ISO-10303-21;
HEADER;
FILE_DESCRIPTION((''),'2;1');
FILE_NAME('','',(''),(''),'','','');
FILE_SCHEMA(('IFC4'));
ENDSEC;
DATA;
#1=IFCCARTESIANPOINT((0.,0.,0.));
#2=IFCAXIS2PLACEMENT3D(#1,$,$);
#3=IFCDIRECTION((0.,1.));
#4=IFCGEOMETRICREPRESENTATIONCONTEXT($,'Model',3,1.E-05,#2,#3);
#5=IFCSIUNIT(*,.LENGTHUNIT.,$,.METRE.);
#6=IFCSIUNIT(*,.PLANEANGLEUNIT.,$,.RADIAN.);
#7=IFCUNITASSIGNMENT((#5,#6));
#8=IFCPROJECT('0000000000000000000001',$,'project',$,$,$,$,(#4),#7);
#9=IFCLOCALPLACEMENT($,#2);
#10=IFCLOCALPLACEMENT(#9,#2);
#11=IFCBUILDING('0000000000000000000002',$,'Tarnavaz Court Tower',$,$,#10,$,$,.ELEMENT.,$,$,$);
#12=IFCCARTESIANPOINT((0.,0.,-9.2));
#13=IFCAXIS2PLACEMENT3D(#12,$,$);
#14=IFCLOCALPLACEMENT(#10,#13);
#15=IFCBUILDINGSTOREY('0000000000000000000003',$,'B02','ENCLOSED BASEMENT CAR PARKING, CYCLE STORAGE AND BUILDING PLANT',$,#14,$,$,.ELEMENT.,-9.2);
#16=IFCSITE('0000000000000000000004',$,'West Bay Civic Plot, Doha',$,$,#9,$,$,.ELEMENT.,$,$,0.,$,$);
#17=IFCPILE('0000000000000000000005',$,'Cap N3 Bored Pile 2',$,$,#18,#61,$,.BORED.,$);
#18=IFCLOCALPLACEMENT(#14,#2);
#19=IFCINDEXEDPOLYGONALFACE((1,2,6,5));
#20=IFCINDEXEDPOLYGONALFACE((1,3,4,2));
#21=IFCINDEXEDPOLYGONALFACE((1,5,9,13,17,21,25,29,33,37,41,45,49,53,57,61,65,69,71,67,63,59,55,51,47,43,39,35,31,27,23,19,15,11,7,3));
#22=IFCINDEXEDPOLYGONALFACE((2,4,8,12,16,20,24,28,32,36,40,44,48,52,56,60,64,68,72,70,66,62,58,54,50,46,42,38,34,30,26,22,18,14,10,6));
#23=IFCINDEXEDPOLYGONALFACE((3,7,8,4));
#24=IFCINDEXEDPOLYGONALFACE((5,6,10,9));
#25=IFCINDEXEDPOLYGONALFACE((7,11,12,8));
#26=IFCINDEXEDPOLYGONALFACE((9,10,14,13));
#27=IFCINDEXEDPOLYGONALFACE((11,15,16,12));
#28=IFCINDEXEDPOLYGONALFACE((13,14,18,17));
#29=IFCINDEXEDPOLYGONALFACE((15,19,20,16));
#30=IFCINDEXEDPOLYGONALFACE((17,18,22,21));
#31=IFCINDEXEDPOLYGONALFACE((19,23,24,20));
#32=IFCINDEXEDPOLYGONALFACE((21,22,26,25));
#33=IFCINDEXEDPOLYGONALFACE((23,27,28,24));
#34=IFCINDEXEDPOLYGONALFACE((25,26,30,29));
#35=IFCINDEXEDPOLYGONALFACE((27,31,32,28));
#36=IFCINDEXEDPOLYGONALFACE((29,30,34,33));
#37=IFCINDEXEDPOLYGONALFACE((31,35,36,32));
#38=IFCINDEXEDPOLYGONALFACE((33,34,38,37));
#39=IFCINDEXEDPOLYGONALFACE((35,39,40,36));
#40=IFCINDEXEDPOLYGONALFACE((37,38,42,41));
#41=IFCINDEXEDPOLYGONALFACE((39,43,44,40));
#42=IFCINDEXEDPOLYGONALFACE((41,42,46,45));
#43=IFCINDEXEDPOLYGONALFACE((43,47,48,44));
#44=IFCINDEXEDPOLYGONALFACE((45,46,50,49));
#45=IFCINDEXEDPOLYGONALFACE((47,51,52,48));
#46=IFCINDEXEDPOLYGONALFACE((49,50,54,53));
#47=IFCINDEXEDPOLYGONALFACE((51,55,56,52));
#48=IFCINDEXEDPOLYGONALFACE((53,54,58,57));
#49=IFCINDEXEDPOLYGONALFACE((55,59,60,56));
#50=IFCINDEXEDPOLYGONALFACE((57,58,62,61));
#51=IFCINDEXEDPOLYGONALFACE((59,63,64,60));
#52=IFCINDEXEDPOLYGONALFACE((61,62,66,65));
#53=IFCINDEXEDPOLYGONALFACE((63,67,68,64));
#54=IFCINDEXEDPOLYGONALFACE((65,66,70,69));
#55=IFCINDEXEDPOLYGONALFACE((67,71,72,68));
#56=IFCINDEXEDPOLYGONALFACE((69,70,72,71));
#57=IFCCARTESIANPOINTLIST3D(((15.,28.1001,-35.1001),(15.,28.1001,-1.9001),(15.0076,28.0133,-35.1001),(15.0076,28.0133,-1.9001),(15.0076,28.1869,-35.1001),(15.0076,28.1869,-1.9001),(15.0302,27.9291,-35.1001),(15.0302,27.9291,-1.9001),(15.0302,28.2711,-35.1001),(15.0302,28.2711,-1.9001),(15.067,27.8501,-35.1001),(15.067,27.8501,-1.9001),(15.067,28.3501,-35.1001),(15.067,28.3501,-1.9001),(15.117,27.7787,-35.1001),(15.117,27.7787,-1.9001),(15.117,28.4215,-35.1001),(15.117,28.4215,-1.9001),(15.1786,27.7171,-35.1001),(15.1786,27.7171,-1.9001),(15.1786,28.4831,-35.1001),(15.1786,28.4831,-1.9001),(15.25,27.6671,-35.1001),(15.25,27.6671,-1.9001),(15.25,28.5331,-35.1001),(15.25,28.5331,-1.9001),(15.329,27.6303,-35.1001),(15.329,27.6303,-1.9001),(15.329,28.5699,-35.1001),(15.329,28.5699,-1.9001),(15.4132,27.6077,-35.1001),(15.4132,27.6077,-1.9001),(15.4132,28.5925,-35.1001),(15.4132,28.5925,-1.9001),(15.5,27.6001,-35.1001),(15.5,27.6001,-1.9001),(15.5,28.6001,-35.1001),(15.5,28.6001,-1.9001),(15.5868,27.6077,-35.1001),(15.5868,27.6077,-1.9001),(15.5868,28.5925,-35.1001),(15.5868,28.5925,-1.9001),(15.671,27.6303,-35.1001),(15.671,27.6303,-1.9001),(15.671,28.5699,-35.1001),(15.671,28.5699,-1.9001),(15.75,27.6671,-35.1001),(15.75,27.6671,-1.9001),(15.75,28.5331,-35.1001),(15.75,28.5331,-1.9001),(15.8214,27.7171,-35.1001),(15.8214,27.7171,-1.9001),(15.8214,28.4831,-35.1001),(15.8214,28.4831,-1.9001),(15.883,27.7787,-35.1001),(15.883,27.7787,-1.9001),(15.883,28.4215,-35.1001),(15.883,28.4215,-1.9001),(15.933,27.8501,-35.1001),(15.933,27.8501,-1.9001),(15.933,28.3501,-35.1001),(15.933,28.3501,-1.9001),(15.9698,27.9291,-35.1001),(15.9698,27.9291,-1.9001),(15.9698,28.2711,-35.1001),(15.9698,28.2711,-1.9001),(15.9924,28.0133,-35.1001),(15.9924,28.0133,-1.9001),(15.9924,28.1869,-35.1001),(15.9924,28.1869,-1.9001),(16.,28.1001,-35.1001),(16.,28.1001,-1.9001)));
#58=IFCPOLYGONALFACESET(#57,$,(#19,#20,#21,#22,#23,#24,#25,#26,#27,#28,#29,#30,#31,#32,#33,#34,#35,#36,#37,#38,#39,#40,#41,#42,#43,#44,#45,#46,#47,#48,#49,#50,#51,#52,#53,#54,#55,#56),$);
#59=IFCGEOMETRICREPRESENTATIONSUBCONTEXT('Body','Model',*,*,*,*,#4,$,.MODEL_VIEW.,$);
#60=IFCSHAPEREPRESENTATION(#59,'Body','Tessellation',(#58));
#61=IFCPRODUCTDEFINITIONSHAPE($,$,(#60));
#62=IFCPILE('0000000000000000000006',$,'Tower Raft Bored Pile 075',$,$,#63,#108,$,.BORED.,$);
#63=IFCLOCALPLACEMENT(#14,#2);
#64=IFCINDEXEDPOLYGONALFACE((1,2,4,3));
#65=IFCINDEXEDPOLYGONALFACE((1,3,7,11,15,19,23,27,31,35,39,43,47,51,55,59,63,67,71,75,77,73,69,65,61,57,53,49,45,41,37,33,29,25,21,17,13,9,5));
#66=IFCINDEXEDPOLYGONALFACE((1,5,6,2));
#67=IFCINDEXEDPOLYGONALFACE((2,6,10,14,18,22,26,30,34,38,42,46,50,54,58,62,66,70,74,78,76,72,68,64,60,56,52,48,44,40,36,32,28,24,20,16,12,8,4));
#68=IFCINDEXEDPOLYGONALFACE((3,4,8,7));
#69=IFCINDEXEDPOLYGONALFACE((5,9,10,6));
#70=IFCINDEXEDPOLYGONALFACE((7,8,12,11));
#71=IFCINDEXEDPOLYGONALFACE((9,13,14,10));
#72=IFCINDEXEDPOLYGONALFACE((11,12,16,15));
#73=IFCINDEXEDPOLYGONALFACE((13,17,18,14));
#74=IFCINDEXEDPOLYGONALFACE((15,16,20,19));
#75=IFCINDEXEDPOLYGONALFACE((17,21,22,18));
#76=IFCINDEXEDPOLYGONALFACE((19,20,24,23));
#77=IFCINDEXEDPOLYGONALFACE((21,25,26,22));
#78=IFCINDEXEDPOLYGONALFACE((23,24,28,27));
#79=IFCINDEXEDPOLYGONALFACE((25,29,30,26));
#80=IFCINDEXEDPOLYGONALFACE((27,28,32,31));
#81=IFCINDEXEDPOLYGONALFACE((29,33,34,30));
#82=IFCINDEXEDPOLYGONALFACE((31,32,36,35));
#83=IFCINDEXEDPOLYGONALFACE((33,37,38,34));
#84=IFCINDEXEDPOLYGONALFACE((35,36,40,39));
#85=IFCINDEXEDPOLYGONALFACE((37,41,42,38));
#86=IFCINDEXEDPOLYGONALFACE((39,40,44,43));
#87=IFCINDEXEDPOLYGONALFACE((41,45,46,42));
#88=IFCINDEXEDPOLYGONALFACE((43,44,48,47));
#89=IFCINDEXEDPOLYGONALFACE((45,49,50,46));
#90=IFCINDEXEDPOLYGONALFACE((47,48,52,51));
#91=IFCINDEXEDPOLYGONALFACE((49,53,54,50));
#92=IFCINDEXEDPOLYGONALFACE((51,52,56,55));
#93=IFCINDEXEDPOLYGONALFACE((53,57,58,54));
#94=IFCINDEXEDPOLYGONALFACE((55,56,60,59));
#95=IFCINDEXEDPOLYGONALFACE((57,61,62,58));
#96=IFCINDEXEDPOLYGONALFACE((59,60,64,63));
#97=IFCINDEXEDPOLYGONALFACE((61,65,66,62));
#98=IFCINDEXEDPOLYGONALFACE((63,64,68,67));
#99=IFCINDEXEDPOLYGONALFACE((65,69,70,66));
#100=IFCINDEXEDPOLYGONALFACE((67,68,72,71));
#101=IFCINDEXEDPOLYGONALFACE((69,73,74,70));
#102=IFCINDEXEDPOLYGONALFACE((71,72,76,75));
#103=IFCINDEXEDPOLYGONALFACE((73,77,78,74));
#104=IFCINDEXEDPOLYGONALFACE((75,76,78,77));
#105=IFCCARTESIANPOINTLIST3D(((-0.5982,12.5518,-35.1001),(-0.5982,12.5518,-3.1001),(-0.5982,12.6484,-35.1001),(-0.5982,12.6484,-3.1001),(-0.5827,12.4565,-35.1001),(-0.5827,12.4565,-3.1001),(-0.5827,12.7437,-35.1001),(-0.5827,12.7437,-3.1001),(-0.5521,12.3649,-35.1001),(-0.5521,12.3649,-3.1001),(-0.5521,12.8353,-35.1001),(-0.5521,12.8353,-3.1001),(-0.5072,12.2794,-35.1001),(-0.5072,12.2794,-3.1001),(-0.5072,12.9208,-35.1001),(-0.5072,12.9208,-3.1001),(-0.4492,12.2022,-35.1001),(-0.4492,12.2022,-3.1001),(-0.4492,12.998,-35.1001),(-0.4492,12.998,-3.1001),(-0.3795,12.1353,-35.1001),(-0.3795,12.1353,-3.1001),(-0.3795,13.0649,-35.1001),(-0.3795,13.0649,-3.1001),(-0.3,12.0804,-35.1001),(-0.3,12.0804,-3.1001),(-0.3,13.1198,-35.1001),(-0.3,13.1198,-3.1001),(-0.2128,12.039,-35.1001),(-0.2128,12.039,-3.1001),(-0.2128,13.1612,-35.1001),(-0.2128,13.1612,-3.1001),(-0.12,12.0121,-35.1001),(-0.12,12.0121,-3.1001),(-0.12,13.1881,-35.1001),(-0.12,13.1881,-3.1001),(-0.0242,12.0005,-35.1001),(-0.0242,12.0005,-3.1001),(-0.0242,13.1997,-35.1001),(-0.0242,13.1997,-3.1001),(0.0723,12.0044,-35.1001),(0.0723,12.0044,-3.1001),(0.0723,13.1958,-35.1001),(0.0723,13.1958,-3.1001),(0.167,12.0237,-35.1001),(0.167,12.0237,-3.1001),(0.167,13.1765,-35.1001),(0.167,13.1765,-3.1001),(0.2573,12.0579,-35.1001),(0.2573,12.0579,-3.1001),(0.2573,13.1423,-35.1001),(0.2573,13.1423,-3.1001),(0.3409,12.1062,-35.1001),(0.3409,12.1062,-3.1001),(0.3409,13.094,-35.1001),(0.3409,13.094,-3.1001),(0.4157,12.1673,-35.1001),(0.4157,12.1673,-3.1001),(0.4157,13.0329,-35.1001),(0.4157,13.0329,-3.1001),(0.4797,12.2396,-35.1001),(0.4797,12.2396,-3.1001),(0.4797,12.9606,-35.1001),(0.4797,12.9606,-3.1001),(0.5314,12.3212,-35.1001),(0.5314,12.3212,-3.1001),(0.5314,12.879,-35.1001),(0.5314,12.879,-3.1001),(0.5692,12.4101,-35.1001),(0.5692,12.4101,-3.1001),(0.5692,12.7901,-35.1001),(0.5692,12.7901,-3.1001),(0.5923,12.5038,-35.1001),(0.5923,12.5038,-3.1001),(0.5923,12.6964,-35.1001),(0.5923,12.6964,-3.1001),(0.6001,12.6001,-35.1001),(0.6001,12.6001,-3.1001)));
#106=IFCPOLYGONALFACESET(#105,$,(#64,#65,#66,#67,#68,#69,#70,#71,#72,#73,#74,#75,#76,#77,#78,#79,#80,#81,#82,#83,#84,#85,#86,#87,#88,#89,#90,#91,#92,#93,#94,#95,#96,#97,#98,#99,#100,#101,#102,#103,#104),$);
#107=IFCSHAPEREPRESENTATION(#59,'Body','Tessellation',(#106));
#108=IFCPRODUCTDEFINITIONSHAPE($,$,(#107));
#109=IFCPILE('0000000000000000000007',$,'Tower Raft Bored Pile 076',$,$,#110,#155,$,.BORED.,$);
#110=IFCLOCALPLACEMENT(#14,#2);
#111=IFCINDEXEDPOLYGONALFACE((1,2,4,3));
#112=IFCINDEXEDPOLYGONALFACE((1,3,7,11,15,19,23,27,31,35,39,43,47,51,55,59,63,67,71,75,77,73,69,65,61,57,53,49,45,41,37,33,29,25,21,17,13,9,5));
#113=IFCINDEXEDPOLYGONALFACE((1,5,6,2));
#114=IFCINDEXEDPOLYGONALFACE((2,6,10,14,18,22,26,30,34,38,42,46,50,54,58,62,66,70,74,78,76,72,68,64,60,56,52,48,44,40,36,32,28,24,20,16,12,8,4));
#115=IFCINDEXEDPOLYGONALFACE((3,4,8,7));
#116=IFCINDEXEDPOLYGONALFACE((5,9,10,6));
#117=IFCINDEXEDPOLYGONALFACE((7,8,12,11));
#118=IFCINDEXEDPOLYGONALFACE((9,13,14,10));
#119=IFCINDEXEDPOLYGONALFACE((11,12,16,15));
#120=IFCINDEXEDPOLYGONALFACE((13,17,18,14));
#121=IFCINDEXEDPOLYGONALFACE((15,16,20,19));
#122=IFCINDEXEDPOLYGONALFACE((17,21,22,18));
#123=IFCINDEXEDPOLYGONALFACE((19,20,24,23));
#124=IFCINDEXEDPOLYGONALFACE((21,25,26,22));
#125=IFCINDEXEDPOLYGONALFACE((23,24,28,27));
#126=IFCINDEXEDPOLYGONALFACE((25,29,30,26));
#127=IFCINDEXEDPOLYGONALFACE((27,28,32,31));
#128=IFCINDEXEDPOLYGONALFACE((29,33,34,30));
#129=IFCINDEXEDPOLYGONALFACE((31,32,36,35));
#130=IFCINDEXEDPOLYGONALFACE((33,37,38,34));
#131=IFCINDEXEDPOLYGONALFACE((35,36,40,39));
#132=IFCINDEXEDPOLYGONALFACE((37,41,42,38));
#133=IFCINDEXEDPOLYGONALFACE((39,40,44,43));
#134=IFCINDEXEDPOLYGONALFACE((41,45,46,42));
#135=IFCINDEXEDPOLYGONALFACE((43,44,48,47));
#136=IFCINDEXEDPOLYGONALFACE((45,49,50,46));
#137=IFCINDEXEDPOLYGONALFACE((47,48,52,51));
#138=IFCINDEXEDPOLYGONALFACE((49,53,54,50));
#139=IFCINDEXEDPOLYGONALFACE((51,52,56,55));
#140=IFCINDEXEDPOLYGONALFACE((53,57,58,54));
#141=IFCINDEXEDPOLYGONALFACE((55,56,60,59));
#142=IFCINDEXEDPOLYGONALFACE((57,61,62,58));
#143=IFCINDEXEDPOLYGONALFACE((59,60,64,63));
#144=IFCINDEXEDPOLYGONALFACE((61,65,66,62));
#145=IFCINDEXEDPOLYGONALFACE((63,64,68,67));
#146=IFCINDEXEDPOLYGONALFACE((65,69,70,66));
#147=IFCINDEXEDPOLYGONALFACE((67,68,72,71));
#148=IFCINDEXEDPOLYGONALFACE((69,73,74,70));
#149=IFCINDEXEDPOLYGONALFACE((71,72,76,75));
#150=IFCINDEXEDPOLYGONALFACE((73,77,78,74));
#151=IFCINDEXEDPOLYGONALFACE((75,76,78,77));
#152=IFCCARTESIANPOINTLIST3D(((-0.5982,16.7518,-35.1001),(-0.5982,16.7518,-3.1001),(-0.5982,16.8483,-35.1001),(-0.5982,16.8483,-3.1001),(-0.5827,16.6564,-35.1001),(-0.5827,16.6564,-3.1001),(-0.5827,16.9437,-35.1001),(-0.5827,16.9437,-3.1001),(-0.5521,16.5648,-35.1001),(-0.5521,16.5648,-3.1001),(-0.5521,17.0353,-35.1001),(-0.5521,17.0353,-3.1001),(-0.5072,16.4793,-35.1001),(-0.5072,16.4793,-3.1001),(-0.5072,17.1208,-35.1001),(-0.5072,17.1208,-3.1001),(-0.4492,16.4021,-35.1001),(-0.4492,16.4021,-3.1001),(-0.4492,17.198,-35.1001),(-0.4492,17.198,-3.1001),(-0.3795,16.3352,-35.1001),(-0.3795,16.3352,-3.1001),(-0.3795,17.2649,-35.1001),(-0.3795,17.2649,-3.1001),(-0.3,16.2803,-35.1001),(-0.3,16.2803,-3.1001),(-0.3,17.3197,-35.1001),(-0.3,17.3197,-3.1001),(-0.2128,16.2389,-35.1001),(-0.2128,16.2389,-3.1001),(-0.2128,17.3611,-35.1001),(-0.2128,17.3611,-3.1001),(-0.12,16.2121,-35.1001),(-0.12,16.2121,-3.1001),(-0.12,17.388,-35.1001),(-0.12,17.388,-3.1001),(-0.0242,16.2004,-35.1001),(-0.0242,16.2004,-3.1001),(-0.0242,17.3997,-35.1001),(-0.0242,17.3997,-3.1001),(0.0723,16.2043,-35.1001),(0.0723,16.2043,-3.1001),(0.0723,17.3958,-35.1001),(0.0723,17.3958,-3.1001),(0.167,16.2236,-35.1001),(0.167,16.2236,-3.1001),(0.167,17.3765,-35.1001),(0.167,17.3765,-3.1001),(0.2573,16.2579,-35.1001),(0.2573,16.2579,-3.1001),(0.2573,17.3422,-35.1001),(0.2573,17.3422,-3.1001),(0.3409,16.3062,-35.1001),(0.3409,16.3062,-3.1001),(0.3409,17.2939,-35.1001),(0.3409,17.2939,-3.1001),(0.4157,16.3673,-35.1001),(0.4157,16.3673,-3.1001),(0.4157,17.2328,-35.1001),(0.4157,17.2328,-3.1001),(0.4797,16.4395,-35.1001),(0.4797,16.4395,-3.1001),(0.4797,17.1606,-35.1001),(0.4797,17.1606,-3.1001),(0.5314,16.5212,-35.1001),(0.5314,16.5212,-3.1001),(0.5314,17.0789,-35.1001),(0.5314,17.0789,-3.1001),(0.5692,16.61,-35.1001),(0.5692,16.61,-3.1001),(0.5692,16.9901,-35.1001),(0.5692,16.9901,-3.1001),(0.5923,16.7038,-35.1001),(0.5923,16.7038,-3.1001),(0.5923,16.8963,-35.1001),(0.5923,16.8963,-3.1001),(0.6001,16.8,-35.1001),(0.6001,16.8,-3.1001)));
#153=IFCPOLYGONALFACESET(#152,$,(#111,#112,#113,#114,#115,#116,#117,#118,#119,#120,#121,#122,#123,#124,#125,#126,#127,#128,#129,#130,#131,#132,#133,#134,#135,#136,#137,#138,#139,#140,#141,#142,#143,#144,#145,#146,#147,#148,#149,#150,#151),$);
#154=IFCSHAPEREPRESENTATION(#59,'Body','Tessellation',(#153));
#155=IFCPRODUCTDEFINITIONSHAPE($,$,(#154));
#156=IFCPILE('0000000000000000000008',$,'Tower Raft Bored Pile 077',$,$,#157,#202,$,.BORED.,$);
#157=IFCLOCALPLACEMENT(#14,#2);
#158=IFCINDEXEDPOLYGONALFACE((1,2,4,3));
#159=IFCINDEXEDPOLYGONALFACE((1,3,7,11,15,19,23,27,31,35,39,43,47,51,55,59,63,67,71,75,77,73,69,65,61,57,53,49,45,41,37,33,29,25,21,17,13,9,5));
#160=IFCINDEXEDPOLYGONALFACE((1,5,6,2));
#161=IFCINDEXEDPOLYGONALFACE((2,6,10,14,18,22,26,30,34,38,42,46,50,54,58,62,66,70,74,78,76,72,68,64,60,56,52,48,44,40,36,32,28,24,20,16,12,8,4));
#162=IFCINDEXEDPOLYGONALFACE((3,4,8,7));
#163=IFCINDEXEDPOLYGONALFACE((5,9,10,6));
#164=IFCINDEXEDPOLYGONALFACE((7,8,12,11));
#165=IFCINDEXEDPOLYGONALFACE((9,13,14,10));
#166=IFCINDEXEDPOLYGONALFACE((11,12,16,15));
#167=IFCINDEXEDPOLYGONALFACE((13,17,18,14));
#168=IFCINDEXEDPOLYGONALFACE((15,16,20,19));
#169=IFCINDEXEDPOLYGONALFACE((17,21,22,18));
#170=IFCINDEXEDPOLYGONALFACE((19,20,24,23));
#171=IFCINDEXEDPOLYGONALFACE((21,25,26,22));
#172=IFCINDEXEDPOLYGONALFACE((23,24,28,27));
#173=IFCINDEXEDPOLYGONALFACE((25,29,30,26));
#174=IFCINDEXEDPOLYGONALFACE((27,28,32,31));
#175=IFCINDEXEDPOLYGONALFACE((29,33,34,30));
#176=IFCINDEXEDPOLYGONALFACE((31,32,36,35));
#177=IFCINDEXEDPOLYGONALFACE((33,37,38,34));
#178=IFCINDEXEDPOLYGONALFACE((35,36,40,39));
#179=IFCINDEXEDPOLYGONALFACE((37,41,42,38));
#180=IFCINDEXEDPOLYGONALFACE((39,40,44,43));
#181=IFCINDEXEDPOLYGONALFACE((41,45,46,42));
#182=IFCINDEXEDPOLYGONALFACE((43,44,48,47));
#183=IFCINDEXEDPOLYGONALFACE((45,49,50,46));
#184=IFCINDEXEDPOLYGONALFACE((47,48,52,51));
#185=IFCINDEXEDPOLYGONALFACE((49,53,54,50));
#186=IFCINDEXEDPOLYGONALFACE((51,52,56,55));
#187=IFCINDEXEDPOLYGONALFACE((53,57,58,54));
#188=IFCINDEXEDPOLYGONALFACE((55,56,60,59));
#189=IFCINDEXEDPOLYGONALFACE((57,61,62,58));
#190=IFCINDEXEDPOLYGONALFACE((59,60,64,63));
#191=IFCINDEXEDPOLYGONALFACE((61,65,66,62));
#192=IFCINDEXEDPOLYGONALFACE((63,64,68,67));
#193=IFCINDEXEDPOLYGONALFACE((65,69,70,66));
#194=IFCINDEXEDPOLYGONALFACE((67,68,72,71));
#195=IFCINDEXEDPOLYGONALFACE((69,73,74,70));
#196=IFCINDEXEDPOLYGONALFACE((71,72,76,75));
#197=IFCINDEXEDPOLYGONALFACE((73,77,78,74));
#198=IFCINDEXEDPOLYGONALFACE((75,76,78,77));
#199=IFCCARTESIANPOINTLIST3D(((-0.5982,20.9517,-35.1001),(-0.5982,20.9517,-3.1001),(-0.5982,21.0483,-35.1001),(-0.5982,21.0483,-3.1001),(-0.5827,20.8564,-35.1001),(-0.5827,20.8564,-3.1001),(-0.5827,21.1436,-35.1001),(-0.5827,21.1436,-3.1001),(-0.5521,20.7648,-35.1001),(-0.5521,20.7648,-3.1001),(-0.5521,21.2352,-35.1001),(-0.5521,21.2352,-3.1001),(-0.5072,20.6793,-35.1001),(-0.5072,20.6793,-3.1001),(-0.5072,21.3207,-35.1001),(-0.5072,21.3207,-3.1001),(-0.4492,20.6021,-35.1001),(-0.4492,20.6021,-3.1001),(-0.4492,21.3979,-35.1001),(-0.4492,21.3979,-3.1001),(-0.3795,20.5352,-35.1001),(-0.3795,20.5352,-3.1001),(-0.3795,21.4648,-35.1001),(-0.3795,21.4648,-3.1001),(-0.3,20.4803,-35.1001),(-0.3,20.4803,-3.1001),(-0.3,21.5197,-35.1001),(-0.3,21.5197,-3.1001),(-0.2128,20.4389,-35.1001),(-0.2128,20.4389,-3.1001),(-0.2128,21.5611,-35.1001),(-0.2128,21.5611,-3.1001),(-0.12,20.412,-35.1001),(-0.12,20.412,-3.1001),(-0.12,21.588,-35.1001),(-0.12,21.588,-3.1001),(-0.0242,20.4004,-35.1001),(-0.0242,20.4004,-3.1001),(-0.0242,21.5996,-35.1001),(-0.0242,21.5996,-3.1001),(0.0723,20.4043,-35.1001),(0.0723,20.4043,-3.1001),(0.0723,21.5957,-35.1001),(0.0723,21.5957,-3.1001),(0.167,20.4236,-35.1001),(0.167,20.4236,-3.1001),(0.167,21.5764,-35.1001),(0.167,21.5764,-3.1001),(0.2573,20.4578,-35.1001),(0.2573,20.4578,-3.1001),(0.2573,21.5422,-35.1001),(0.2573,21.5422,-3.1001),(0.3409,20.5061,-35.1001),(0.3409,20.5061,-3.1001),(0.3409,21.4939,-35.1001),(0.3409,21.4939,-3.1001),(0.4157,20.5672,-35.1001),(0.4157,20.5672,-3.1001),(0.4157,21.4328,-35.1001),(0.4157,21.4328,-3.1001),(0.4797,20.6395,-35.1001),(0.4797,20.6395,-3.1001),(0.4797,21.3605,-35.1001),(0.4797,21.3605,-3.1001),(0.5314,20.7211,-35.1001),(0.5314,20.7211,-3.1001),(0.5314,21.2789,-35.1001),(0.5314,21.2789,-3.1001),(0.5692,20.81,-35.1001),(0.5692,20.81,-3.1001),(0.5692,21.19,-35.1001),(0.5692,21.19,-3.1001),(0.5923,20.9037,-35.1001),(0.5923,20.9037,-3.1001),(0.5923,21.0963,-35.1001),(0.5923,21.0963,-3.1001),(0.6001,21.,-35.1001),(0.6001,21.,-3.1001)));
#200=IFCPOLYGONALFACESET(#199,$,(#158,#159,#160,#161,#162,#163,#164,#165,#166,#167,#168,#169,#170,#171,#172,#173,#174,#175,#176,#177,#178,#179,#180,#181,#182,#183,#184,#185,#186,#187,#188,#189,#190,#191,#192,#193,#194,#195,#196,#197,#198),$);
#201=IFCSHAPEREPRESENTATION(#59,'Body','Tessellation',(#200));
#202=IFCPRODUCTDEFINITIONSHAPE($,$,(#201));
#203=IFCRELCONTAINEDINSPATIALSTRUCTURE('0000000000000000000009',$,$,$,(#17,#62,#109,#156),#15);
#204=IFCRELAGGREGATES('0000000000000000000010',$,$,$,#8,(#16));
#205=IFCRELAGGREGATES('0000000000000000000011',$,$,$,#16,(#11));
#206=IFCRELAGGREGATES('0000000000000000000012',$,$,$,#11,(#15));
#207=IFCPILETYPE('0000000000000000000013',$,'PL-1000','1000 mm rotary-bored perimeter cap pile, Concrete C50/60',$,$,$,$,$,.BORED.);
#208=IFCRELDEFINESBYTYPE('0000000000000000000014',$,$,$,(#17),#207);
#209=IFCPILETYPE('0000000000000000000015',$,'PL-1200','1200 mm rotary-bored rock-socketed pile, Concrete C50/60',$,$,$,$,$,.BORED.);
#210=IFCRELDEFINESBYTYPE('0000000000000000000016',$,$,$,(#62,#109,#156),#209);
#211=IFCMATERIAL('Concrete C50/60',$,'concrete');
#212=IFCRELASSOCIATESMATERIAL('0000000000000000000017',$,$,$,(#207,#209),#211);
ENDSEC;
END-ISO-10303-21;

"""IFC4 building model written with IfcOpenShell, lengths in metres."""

from ifc_helpers import new_model, si_unit, direction, frame, origin, origin_2d, place, context, subcontext, project, spatial, circle, extrude, material, material_profile, profile_set, type_object, element, save


model = new_model("IFC4")

# Units and contexts
model_context = context("Model", 3, precision=1e-05, world=origin(), true_north=direction((0.0, 1.0)))
body_context = subcontext(model_context, "Body", "Model", "MODEL_VIEW")
ifc_project = project(units=[si_unit("LENGTHUNIT", "METRE"), si_unit("PLANEANGLEUNIT", "RADIAN")], contexts=[model_context])

# Site, building, storey
site_placement = place(None, origin())
site = spatial("IfcSite", under=ifc_project, at=site_placement, Name="West Bay Civic Plot, Doha", CompositionType="ELEMENT", RefElevation=0.0)
building_placement = place(site_placement, origin())
building = spatial("IfcBuilding", under=site, at=building_placement, Name="Tarnavaz Court Tower", CompositionType="ELEMENT")
storey_placement = place(building_placement, frame((0.0, 0.0, -9.2)))
storey = spatial("IfcBuildingStorey", under=building, at=storey_placement, Name="B02", Description="ENCLOSED BASEMENT CAR PARKING, CYCLE STORAGE AND BUILDING PLANT", CompositionType="ELEMENT", Elevation=-9.2)

# Shared definitions
ifc_material_1 = material(Name="Concrete C50/60", Category="concrete")

# Piles
ifc_material_profile_1 = material_profile(ifc_material_1, circle(Radius=0.5, at=origin_2d()), Name="PILE D1000")
ifc_profile_set_1 = profile_set([ifc_material_profile_1], Name="Concrete C50/60")
pile_type_1 = type_object("IfcPileType", Name="PL-1000", Description="1000 mm rotary-bored perimeter cap pile, Concrete C50/60", PredefinedType="BORED", material=ifc_profile_set_1)
for number, where, z_axis, x_axis, name in (
    (1, (15.5, 28.1001, -1.9001), (0.0, 0.0, -1.0), (1.0, 0.0, 0.0), "Cap N3 Bored Pile 2"),
):
    element("IfcPile", number, at=place(storey_placement, frame(where, z_axis=z_axis, x_axis=x_axis)), inside=storey, type_object=pile_type_1, Name=name, PredefinedType="BORED", context=body_context, shape_type="SweptSolid", body=[
        extrude(circle(Radius=0.5, at=origin_2d()), origin(), (0.0, 0.0, 1.0), 33.2),
    ])
ifc_material_profile_2 = material_profile(ifc_material_1, circle(Radius=0.6001, at=origin_2d()), Name="PILE D1200")
ifc_profile_set_2 = profile_set([ifc_material_profile_2], Name="Concrete C50/60")
pile_type_2 = type_object("IfcPileType", Name="PL-1200", Description="1200 mm rotary-bored rock-socketed pile, Concrete C50/60", PredefinedType="BORED", material=ifc_profile_set_2)
for number, where, z_axis, x_axis, name in (
    (2, (0.0, 12.6001, -3.1001), (0.0, 0.0, -1.0), (1.0, 0.0, 0.0), "Tower Raft Bored Pile 075"),
    (3, (0.0, 16.8, -3.1001), (0.0, 0.0, -1.0), (1.0, 0.0, 0.0), "Tower Raft Bored Pile 076"),
    (4, (0.0, 21.0, -3.1001), (0.0, 0.0, -1.0), (1.0, 0.0, 0.0), "Tower Raft Bored Pile 077"),
):
    element("IfcPile", number, at=place(storey_placement, frame(where, z_axis=z_axis, x_axis=x_axis)), inside=storey, type_object=pile_type_2, Name=name, PredefinedType="BORED", context=body_context, shape_type="SweptSolid", body=[
        extrude(circle(Radius=0.6001, at=origin_2d()), origin(), (0.0, 0.0, 1.0), 32.0),
    ])

save(model, "model.ifc")
